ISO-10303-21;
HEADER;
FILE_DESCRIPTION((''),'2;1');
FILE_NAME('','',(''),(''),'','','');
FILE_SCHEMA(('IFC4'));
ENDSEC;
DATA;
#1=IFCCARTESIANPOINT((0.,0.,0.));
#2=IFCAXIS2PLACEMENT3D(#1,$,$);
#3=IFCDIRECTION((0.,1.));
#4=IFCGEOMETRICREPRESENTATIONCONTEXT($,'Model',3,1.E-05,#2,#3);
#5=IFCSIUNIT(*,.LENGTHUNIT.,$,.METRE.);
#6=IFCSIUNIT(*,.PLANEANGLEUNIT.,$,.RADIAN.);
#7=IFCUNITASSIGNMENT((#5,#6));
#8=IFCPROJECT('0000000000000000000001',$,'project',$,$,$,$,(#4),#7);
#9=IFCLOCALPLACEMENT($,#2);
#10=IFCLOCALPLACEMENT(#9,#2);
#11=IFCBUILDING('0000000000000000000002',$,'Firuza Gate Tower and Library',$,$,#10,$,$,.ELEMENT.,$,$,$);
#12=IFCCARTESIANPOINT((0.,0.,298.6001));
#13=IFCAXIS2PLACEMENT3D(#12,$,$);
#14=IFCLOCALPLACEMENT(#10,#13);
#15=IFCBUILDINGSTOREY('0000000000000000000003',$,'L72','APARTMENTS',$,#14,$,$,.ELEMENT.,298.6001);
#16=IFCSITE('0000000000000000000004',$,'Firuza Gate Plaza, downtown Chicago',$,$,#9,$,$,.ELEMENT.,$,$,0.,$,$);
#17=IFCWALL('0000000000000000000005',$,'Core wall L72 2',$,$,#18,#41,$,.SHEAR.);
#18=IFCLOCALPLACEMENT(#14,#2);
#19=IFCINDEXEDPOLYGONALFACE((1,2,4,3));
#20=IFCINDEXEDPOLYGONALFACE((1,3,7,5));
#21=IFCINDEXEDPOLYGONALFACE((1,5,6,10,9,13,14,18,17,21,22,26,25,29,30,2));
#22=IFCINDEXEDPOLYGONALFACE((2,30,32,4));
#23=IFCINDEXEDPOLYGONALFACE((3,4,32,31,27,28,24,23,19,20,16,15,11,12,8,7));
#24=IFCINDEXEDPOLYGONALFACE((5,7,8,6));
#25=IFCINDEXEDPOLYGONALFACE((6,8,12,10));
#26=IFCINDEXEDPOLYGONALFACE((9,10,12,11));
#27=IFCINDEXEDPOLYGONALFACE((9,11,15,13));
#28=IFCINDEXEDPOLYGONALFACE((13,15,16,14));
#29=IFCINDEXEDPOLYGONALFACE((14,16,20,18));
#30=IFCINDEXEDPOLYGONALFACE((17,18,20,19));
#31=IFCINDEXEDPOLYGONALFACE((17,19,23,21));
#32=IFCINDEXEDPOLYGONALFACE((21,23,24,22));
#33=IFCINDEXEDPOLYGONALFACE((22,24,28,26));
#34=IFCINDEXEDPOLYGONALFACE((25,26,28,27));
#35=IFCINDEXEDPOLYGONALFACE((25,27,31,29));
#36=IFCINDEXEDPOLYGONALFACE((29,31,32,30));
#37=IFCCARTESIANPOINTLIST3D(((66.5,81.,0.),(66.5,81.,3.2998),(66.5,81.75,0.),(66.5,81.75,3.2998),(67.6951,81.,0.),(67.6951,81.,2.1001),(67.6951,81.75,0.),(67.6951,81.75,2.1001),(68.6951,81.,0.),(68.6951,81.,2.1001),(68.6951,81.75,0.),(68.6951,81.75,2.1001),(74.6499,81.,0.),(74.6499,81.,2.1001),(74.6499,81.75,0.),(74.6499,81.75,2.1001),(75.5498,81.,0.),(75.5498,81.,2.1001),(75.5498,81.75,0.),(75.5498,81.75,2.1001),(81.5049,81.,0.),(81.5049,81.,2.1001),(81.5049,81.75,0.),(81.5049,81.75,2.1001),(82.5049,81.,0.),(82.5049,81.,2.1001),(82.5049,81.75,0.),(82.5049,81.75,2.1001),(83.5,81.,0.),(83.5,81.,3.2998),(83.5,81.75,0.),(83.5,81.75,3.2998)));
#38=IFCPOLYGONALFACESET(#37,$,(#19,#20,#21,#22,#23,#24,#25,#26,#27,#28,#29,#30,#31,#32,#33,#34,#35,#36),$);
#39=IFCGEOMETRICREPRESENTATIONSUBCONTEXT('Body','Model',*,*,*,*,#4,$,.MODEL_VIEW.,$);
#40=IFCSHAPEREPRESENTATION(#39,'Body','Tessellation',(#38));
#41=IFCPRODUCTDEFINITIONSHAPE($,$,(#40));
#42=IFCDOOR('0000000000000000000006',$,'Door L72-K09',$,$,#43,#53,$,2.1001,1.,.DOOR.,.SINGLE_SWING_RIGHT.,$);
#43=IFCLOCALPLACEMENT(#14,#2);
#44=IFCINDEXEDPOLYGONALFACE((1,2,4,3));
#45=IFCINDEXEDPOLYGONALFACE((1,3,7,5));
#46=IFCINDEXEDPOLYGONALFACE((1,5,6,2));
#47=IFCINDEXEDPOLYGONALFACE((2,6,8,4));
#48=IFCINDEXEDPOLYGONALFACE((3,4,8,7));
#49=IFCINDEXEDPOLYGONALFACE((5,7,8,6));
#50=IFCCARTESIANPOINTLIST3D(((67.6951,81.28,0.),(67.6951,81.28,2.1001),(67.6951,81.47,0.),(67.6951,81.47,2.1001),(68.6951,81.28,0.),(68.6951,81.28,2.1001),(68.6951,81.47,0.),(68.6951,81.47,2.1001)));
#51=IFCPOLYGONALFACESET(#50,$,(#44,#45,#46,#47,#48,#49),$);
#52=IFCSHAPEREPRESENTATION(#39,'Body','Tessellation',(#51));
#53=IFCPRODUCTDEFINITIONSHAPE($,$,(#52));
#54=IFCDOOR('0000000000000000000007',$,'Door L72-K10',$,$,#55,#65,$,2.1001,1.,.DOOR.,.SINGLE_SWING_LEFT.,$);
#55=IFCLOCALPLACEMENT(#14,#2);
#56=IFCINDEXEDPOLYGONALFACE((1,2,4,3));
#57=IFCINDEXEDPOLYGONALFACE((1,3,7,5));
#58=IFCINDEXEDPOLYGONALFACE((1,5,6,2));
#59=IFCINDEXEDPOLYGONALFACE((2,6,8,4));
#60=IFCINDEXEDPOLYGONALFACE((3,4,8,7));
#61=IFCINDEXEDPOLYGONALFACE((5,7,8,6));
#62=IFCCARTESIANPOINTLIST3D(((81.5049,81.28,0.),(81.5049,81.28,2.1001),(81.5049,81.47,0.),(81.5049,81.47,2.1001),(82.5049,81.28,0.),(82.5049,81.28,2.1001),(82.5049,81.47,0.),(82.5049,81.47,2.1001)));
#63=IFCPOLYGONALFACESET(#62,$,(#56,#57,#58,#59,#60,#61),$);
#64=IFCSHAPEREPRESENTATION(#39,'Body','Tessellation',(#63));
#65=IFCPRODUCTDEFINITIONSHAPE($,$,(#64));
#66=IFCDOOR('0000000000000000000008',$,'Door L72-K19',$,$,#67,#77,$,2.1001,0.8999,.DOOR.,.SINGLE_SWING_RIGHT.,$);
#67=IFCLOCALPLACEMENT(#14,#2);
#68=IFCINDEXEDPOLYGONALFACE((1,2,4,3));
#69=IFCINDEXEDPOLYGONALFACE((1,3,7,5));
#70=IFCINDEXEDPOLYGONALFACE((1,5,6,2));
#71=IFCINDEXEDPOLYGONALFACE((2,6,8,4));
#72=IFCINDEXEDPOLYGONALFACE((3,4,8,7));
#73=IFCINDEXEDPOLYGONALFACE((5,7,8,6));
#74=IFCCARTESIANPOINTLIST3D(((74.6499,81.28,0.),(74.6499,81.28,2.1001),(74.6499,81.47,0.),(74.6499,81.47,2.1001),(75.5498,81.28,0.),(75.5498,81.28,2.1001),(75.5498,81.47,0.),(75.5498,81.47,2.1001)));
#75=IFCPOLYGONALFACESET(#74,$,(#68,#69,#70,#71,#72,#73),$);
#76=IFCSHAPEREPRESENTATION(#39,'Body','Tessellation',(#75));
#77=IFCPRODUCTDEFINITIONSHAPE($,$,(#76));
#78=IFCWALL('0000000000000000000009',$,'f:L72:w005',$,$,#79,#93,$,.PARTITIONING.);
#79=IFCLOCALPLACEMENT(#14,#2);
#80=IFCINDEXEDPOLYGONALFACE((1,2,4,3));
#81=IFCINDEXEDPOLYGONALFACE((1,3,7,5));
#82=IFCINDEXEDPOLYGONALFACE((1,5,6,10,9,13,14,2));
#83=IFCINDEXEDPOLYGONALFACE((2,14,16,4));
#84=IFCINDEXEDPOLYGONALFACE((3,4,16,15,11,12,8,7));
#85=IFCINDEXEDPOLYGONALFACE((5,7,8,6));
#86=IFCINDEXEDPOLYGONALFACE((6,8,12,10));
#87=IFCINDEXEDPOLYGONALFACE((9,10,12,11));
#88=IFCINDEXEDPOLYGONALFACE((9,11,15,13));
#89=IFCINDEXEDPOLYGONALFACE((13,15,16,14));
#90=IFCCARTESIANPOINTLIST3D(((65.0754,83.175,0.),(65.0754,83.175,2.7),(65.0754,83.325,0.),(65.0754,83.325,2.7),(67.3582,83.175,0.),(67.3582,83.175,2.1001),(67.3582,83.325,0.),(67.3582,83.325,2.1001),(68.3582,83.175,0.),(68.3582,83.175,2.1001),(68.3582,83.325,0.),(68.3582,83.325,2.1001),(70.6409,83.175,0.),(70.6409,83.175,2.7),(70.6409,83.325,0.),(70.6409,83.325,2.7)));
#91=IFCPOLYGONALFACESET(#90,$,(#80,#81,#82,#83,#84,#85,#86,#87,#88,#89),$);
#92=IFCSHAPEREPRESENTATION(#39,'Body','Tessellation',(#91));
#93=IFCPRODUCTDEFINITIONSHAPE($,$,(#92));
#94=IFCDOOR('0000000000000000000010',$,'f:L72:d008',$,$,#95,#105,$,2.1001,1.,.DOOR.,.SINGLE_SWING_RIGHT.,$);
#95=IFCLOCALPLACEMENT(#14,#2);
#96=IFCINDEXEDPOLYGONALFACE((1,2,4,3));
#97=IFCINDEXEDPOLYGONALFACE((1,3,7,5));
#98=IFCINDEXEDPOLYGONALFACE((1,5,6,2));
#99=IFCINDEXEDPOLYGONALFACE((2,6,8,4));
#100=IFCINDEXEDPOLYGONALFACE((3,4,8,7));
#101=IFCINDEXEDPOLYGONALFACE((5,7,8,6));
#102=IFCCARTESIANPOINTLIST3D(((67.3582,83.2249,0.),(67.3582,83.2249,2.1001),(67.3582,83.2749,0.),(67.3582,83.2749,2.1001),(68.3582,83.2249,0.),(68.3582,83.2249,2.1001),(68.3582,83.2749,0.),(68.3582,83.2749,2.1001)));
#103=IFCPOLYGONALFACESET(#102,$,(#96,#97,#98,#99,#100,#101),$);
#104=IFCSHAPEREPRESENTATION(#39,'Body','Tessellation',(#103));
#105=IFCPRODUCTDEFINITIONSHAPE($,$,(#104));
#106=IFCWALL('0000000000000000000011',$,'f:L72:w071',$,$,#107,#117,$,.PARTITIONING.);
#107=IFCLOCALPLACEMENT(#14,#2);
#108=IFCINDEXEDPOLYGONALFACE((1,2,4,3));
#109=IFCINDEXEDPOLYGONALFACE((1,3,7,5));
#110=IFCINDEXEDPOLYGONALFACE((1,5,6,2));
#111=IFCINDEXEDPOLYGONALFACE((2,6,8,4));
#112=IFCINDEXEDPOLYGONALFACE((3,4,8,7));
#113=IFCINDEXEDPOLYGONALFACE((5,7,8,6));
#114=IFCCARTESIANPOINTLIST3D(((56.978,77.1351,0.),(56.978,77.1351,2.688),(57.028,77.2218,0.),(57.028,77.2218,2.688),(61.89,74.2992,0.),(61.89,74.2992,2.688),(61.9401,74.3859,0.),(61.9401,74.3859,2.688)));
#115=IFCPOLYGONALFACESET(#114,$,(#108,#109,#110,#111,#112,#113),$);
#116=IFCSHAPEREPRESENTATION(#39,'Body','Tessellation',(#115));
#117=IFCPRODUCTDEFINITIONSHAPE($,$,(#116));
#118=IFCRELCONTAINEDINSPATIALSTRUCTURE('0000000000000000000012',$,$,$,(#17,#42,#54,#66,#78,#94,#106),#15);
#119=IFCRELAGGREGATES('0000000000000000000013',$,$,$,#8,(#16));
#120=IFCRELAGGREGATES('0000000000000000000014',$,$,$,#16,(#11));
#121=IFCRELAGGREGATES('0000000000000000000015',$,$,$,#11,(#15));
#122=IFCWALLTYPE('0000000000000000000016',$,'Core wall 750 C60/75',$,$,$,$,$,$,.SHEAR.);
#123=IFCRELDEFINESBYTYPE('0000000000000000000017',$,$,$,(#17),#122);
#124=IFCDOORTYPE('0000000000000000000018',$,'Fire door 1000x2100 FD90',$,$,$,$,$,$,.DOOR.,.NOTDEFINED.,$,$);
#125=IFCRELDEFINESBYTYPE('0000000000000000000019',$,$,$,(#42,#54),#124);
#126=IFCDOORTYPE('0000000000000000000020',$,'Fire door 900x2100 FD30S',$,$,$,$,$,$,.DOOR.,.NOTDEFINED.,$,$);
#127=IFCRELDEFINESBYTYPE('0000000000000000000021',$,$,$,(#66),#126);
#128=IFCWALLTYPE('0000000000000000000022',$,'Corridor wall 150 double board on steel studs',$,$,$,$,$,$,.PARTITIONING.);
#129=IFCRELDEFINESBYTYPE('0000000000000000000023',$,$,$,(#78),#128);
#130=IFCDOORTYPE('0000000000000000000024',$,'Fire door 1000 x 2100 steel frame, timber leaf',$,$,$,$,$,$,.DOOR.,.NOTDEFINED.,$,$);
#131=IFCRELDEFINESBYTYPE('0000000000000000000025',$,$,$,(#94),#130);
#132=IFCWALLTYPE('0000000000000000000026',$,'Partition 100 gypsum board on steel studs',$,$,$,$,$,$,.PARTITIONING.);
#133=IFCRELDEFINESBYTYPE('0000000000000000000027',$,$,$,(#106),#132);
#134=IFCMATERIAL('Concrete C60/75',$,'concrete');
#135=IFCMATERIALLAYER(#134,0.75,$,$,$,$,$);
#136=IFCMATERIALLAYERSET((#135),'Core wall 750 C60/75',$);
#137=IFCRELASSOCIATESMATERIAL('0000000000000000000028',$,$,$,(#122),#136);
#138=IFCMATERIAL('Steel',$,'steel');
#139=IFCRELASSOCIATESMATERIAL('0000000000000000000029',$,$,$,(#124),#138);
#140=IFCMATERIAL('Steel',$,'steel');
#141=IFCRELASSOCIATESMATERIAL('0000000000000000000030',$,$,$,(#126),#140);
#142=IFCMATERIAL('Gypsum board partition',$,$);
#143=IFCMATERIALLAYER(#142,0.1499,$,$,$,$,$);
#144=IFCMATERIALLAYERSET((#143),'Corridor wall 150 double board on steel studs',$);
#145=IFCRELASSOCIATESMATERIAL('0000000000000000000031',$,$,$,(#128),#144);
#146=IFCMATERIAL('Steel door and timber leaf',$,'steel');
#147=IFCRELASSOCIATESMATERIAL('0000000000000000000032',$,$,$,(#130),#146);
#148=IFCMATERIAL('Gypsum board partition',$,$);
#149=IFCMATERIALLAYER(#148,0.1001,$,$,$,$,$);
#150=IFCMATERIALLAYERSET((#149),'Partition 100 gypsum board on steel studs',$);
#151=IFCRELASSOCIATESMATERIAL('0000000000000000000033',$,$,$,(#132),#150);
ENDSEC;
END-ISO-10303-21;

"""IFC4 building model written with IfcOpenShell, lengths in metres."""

from ifc_helpers import new_model, si_unit, direction, frame, frame_2d, origin, place, context, subcontext, project, spatial, rectangle, extrude, material, layer, layer_set, type_object, element, fill, save


model = new_model("IFC4")

# Units and contexts
model_context = context("Model", 3, precision=1e-05, world=origin(), true_north=direction((0.0, 1.0)))
body_context = subcontext(model_context, "Body", "Model", "MODEL_VIEW")
ifc_project = project(units=[si_unit("LENGTHUNIT", "METRE"), si_unit("PLANEANGLEUNIT", "RADIAN")], contexts=[model_context])

# Site, building, storey
site_placement = place(None, origin())
site = spatial("IfcSite", under=ifc_project, at=site_placement, Name="Firuza Gate Plaza, downtown Chicago", CompositionType="ELEMENT", RefElevation=0.0)
building_placement = place(site_placement, origin())
building = spatial("IfcBuilding", under=site, at=building_placement, Name="Firuza Gate Tower and Library", CompositionType="ELEMENT")
storey_placement = place(building_placement, frame((0.0, 0.0, 298.6001)))
storey = spatial("IfcBuildingStorey", under=building, at=storey_placement, Name="L72", Description="APARTMENTS", CompositionType="ELEMENT", Elevation=298.6001)

# Wall, openings, doors
ifc_material_1 = material(Name="Concrete C60/75", Category="concrete")
ifc_layer_1 = layer(ifc_material_1, 0.75)
ifc_layer_set_1 = layer_set([ifc_layer_1], Name="Core wall 750 C60/75")
wall_type_1 = type_object("IfcWallType", Name="Core wall 750 C60/75", PredefinedType="SHEAR", material=ifc_layer_set_1)
wall_1_placement = place(storey_placement, frame((66.5, 81.375, 0.0), z_axis=(0.0, 0.0, 1.0), x_axis=(1.0, 0.0, 0.0)))
wall_1 = element("IfcWall", 1, at=wall_1_placement, inside=storey, type_object=wall_type_1, Name="Core wall L72 2", PredefinedType="SHEAR", context=body_context, shape_type="SweptSolid", body=[
    extrude(rectangle(XDim=17.0, YDim=0.75, at=frame_2d((8.5, 0.0))), origin(), (0.0, 0.0, 1.0), 3.2998),
])
opening_1_placement = place(wall_1_placement, frame((1.1951, 0.0, 0.0)))
opening_1 = element("IfcOpeningElement", 2, at=opening_1_placement, cuts=wall_1, PredefinedType="OPENING", context=body_context, shape_type="SweptSolid", body=[
    extrude(rectangle(XDim=1.0, YDim=2.1001, at=frame_2d((0.5, 1.05))), frame((0.0, 0.385, 0.0), z_axis=(0.0, -1.0, 0.0), x_axis=(1.0, 0.0, 0.0)), (0.0, 0.0, 1.0), 0.77),
])
opening_2_placement = place(wall_1_placement, frame((15.0049, 0.0, 0.0)))
opening_2 = element("IfcOpeningElement", 3, at=opening_2_placement, cuts=wall_1, PredefinedType="OPENING", context=body_context, shape_type="SweptSolid", body=[
    extrude(rectangle(XDim=1.0, YDim=2.1001, at=frame_2d((0.5, 1.05))), frame((0.0, 0.385, 0.0), z_axis=(0.0, -1.0, 0.0), x_axis=(1.0, 0.0, 0.0)), (0.0, 0.0, 1.0), 0.77),
])
opening_3_placement = place(wall_1_placement, frame((8.1499, 0.0, 0.0)))
opening_3 = element("IfcOpeningElement", 4, at=opening_3_placement, cuts=wall_1, PredefinedType="OPENING", context=body_context, shape_type="SweptSolid", body=[
    extrude(rectangle(XDim=0.8999, YDim=2.1001, at=frame_2d((0.45, 1.05))), frame((0.0, 0.385, 0.0), z_axis=(0.0, -1.0, 0.0), x_axis=(1.0, 0.0, 0.0)), (0.0, 0.0, 1.0), 0.77),
])
ifc_material_2 = material(Name="Steel", Category="steel")
door_type_1 = type_object("IfcDoorType", Name="Fire door 1000x2100 FD90", OperationType="NOTDEFINED", PredefinedType="DOOR", material=ifc_material_2)
door_1_placement = place(opening_1_placement, origin())
door_1 = element("IfcDoor", 5, at=door_1_placement, inside=storey, type_object=door_type_1, Name="Door L72-K09", OperationType="SINGLE_SWING_RIGHT", OverallHeight=2.1001, OverallWidth=1.0, PredefinedType="DOOR", context=body_context, shape_type="SweptSolid", body=[
    extrude(rectangle(XDim=1.0, YDim=2.1001, at=frame_2d((0.5, 1.05))), frame((0.0, 0.095, 0.0), z_axis=(0.0, -1.0, 0.0), x_axis=(1.0, 0.0, 0.0)), (0.0, 0.0, 1.0), 0.1899),
])
fill(opening_1, door_1)
door_2_placement = place(opening_2_placement, origin())
door_2 = element("IfcDoor", 6, at=door_2_placement, inside=storey, type_object=door_type_1, Name="Door L72-K10", OperationType="SINGLE_SWING_LEFT", OverallHeight=2.1001, OverallWidth=1.0, PredefinedType="DOOR", context=body_context, shape_type="SweptSolid", body=[
    extrude(rectangle(XDim=1.0, YDim=2.1001, at=frame_2d((0.5, 1.05))), frame((0.0, 0.095, 0.0), z_axis=(0.0, -1.0, 0.0), x_axis=(1.0, 0.0, 0.0)), (0.0, 0.0, 1.0), 0.1899),
])
fill(opening_2, door_2)
ifc_material_3 = material(Name="Steel", Category="steel")
door_type_2 = type_object("IfcDoorType", Name="Fire door 900x2100 FD30S", OperationType="NOTDEFINED", PredefinedType="DOOR", material=ifc_material_3)
door_3_placement = place(opening_3_placement, origin())
door_3 = element("IfcDoor", 7, at=door_3_placement, inside=storey, type_object=door_type_2, Name="Door L72-K19", OperationType="SINGLE_SWING_RIGHT", OverallHeight=2.1001, OverallWidth=0.8999, PredefinedType="DOOR", context=body_context, shape_type="SweptSolid", body=[
    extrude(rectangle(XDim=0.8999, YDim=2.1001, at=frame_2d((0.45, 1.05))), frame((0.0, 0.095, 0.0), z_axis=(0.0, -1.0, 0.0), x_axis=(1.0, 0.0, 0.0)), (0.0, 0.0, 1.0), 0.1899),
])
fill(opening_3, door_3)

# Wall, opening, door
ifc_material_4 = material(Name="Gypsum board partition")
ifc_layer_2 = layer(ifc_material_4, 0.1499)
ifc_layer_set_2 = layer_set([ifc_layer_2], Name="Corridor wall 150 double board on steel studs")
wall_type_2 = type_object("IfcWallType", Name="Corridor wall 150 double board on steel studs", PredefinedType="PARTITIONING", material=ifc_layer_set_2)
wall_2_placement = place(storey_placement, frame((65.0754, 83.25, 0.0), z_axis=(0.0, 0.0, 1.0), x_axis=(1.0, 0.0, 0.0)))
wall_2 = element("IfcWall", 8, at=wall_2_placement, inside=storey, type_object=wall_type_2, Name="f:L72:w005", PredefinedType="PARTITIONING", context=body_context, shape_type="SweptSolid", body=[
    extrude(rectangle(XDim=5.5654, YDim=0.1499, at=frame_2d((2.7827, 0.0))), origin(), (0.0, 0.0, 1.0), 2.7),
])
opening_4_placement = place(wall_2_placement, frame((2.2827, 0.0, 0.0)))
opening_4 = element("IfcOpeningElement", 9, at=opening_4_placement, cuts=wall_2, PredefinedType="OPENING", context=body_context, shape_type="SweptSolid", body=[
    extrude(rectangle(XDim=1.0, YDim=2.1001, at=frame_2d((0.5, 1.05))), frame((0.0, 0.085, 0.0), z_axis=(0.0, -1.0, 0.0), x_axis=(1.0, 0.0, 0.0)), (0.0, 0.0, 1.0), 0.1699),
])
ifc_material_5 = material(Name="Steel door and timber leaf", Category="steel")
door_type_3 = type_object("IfcDoorType", Name="Fire door 1000 x 2100 steel frame, timber leaf", OperationType="NOTDEFINED", PredefinedType="DOOR", material=ifc_material_5)
door_4_placement = place(opening_4_placement, origin())
door_4 = element("IfcDoor", 10, at=door_4_placement, inside=storey, type_object=door_type_3, Name="f:L72:d008", OperationType="SINGLE_SWING_RIGHT", OverallHeight=2.1001, OverallWidth=1.0, PredefinedType="DOOR", context=body_context, shape_type="SweptSolid", body=[
    extrude(rectangle(XDim=1.0, YDim=2.1001, at=frame_2d((0.5, 1.05))), frame((0.0, 0.0249, 0.0), z_axis=(0.0, -1.0, 0.0), x_axis=(1.0, 0.0, 0.0)), (0.0, 0.0, 1.0), 0.05),
])
fill(opening_4, door_4)

# Wall
ifc_material_6 = material(Name="Gypsum board partition")
ifc_layer_3 = layer(ifc_material_6, 0.1001)
ifc_layer_set_3 = layer_set([ifc_layer_3], Name="Partition 100 gypsum board on steel studs")
wall_type_3 = type_object("IfcWallType", Name="Partition 100 gypsum board on steel studs", PredefinedType="PARTITIONING", material=ifc_layer_set_3)
wall_3_placement = place(storey_placement, frame((61.915, 74.3425, 0.0), z_axis=(0.0, 0.0, 1.0), x_axis=(-0.866031, 0.499991, 0.0)))
element("IfcWall", 11, at=wall_3_placement, inside=storey, type_object=wall_type_3, Name="f:L72:w071", PredefinedType="PARTITIONING", context=body_context, shape_type="SweptSolid", body=[
    extrude(rectangle(XDim=5.6719, YDim=0.1001, at=frame_2d((2.8359, 0.0))), origin(), (0.0, 0.0, 1.0), 2.688),
])

save(model, "model.ifc")
